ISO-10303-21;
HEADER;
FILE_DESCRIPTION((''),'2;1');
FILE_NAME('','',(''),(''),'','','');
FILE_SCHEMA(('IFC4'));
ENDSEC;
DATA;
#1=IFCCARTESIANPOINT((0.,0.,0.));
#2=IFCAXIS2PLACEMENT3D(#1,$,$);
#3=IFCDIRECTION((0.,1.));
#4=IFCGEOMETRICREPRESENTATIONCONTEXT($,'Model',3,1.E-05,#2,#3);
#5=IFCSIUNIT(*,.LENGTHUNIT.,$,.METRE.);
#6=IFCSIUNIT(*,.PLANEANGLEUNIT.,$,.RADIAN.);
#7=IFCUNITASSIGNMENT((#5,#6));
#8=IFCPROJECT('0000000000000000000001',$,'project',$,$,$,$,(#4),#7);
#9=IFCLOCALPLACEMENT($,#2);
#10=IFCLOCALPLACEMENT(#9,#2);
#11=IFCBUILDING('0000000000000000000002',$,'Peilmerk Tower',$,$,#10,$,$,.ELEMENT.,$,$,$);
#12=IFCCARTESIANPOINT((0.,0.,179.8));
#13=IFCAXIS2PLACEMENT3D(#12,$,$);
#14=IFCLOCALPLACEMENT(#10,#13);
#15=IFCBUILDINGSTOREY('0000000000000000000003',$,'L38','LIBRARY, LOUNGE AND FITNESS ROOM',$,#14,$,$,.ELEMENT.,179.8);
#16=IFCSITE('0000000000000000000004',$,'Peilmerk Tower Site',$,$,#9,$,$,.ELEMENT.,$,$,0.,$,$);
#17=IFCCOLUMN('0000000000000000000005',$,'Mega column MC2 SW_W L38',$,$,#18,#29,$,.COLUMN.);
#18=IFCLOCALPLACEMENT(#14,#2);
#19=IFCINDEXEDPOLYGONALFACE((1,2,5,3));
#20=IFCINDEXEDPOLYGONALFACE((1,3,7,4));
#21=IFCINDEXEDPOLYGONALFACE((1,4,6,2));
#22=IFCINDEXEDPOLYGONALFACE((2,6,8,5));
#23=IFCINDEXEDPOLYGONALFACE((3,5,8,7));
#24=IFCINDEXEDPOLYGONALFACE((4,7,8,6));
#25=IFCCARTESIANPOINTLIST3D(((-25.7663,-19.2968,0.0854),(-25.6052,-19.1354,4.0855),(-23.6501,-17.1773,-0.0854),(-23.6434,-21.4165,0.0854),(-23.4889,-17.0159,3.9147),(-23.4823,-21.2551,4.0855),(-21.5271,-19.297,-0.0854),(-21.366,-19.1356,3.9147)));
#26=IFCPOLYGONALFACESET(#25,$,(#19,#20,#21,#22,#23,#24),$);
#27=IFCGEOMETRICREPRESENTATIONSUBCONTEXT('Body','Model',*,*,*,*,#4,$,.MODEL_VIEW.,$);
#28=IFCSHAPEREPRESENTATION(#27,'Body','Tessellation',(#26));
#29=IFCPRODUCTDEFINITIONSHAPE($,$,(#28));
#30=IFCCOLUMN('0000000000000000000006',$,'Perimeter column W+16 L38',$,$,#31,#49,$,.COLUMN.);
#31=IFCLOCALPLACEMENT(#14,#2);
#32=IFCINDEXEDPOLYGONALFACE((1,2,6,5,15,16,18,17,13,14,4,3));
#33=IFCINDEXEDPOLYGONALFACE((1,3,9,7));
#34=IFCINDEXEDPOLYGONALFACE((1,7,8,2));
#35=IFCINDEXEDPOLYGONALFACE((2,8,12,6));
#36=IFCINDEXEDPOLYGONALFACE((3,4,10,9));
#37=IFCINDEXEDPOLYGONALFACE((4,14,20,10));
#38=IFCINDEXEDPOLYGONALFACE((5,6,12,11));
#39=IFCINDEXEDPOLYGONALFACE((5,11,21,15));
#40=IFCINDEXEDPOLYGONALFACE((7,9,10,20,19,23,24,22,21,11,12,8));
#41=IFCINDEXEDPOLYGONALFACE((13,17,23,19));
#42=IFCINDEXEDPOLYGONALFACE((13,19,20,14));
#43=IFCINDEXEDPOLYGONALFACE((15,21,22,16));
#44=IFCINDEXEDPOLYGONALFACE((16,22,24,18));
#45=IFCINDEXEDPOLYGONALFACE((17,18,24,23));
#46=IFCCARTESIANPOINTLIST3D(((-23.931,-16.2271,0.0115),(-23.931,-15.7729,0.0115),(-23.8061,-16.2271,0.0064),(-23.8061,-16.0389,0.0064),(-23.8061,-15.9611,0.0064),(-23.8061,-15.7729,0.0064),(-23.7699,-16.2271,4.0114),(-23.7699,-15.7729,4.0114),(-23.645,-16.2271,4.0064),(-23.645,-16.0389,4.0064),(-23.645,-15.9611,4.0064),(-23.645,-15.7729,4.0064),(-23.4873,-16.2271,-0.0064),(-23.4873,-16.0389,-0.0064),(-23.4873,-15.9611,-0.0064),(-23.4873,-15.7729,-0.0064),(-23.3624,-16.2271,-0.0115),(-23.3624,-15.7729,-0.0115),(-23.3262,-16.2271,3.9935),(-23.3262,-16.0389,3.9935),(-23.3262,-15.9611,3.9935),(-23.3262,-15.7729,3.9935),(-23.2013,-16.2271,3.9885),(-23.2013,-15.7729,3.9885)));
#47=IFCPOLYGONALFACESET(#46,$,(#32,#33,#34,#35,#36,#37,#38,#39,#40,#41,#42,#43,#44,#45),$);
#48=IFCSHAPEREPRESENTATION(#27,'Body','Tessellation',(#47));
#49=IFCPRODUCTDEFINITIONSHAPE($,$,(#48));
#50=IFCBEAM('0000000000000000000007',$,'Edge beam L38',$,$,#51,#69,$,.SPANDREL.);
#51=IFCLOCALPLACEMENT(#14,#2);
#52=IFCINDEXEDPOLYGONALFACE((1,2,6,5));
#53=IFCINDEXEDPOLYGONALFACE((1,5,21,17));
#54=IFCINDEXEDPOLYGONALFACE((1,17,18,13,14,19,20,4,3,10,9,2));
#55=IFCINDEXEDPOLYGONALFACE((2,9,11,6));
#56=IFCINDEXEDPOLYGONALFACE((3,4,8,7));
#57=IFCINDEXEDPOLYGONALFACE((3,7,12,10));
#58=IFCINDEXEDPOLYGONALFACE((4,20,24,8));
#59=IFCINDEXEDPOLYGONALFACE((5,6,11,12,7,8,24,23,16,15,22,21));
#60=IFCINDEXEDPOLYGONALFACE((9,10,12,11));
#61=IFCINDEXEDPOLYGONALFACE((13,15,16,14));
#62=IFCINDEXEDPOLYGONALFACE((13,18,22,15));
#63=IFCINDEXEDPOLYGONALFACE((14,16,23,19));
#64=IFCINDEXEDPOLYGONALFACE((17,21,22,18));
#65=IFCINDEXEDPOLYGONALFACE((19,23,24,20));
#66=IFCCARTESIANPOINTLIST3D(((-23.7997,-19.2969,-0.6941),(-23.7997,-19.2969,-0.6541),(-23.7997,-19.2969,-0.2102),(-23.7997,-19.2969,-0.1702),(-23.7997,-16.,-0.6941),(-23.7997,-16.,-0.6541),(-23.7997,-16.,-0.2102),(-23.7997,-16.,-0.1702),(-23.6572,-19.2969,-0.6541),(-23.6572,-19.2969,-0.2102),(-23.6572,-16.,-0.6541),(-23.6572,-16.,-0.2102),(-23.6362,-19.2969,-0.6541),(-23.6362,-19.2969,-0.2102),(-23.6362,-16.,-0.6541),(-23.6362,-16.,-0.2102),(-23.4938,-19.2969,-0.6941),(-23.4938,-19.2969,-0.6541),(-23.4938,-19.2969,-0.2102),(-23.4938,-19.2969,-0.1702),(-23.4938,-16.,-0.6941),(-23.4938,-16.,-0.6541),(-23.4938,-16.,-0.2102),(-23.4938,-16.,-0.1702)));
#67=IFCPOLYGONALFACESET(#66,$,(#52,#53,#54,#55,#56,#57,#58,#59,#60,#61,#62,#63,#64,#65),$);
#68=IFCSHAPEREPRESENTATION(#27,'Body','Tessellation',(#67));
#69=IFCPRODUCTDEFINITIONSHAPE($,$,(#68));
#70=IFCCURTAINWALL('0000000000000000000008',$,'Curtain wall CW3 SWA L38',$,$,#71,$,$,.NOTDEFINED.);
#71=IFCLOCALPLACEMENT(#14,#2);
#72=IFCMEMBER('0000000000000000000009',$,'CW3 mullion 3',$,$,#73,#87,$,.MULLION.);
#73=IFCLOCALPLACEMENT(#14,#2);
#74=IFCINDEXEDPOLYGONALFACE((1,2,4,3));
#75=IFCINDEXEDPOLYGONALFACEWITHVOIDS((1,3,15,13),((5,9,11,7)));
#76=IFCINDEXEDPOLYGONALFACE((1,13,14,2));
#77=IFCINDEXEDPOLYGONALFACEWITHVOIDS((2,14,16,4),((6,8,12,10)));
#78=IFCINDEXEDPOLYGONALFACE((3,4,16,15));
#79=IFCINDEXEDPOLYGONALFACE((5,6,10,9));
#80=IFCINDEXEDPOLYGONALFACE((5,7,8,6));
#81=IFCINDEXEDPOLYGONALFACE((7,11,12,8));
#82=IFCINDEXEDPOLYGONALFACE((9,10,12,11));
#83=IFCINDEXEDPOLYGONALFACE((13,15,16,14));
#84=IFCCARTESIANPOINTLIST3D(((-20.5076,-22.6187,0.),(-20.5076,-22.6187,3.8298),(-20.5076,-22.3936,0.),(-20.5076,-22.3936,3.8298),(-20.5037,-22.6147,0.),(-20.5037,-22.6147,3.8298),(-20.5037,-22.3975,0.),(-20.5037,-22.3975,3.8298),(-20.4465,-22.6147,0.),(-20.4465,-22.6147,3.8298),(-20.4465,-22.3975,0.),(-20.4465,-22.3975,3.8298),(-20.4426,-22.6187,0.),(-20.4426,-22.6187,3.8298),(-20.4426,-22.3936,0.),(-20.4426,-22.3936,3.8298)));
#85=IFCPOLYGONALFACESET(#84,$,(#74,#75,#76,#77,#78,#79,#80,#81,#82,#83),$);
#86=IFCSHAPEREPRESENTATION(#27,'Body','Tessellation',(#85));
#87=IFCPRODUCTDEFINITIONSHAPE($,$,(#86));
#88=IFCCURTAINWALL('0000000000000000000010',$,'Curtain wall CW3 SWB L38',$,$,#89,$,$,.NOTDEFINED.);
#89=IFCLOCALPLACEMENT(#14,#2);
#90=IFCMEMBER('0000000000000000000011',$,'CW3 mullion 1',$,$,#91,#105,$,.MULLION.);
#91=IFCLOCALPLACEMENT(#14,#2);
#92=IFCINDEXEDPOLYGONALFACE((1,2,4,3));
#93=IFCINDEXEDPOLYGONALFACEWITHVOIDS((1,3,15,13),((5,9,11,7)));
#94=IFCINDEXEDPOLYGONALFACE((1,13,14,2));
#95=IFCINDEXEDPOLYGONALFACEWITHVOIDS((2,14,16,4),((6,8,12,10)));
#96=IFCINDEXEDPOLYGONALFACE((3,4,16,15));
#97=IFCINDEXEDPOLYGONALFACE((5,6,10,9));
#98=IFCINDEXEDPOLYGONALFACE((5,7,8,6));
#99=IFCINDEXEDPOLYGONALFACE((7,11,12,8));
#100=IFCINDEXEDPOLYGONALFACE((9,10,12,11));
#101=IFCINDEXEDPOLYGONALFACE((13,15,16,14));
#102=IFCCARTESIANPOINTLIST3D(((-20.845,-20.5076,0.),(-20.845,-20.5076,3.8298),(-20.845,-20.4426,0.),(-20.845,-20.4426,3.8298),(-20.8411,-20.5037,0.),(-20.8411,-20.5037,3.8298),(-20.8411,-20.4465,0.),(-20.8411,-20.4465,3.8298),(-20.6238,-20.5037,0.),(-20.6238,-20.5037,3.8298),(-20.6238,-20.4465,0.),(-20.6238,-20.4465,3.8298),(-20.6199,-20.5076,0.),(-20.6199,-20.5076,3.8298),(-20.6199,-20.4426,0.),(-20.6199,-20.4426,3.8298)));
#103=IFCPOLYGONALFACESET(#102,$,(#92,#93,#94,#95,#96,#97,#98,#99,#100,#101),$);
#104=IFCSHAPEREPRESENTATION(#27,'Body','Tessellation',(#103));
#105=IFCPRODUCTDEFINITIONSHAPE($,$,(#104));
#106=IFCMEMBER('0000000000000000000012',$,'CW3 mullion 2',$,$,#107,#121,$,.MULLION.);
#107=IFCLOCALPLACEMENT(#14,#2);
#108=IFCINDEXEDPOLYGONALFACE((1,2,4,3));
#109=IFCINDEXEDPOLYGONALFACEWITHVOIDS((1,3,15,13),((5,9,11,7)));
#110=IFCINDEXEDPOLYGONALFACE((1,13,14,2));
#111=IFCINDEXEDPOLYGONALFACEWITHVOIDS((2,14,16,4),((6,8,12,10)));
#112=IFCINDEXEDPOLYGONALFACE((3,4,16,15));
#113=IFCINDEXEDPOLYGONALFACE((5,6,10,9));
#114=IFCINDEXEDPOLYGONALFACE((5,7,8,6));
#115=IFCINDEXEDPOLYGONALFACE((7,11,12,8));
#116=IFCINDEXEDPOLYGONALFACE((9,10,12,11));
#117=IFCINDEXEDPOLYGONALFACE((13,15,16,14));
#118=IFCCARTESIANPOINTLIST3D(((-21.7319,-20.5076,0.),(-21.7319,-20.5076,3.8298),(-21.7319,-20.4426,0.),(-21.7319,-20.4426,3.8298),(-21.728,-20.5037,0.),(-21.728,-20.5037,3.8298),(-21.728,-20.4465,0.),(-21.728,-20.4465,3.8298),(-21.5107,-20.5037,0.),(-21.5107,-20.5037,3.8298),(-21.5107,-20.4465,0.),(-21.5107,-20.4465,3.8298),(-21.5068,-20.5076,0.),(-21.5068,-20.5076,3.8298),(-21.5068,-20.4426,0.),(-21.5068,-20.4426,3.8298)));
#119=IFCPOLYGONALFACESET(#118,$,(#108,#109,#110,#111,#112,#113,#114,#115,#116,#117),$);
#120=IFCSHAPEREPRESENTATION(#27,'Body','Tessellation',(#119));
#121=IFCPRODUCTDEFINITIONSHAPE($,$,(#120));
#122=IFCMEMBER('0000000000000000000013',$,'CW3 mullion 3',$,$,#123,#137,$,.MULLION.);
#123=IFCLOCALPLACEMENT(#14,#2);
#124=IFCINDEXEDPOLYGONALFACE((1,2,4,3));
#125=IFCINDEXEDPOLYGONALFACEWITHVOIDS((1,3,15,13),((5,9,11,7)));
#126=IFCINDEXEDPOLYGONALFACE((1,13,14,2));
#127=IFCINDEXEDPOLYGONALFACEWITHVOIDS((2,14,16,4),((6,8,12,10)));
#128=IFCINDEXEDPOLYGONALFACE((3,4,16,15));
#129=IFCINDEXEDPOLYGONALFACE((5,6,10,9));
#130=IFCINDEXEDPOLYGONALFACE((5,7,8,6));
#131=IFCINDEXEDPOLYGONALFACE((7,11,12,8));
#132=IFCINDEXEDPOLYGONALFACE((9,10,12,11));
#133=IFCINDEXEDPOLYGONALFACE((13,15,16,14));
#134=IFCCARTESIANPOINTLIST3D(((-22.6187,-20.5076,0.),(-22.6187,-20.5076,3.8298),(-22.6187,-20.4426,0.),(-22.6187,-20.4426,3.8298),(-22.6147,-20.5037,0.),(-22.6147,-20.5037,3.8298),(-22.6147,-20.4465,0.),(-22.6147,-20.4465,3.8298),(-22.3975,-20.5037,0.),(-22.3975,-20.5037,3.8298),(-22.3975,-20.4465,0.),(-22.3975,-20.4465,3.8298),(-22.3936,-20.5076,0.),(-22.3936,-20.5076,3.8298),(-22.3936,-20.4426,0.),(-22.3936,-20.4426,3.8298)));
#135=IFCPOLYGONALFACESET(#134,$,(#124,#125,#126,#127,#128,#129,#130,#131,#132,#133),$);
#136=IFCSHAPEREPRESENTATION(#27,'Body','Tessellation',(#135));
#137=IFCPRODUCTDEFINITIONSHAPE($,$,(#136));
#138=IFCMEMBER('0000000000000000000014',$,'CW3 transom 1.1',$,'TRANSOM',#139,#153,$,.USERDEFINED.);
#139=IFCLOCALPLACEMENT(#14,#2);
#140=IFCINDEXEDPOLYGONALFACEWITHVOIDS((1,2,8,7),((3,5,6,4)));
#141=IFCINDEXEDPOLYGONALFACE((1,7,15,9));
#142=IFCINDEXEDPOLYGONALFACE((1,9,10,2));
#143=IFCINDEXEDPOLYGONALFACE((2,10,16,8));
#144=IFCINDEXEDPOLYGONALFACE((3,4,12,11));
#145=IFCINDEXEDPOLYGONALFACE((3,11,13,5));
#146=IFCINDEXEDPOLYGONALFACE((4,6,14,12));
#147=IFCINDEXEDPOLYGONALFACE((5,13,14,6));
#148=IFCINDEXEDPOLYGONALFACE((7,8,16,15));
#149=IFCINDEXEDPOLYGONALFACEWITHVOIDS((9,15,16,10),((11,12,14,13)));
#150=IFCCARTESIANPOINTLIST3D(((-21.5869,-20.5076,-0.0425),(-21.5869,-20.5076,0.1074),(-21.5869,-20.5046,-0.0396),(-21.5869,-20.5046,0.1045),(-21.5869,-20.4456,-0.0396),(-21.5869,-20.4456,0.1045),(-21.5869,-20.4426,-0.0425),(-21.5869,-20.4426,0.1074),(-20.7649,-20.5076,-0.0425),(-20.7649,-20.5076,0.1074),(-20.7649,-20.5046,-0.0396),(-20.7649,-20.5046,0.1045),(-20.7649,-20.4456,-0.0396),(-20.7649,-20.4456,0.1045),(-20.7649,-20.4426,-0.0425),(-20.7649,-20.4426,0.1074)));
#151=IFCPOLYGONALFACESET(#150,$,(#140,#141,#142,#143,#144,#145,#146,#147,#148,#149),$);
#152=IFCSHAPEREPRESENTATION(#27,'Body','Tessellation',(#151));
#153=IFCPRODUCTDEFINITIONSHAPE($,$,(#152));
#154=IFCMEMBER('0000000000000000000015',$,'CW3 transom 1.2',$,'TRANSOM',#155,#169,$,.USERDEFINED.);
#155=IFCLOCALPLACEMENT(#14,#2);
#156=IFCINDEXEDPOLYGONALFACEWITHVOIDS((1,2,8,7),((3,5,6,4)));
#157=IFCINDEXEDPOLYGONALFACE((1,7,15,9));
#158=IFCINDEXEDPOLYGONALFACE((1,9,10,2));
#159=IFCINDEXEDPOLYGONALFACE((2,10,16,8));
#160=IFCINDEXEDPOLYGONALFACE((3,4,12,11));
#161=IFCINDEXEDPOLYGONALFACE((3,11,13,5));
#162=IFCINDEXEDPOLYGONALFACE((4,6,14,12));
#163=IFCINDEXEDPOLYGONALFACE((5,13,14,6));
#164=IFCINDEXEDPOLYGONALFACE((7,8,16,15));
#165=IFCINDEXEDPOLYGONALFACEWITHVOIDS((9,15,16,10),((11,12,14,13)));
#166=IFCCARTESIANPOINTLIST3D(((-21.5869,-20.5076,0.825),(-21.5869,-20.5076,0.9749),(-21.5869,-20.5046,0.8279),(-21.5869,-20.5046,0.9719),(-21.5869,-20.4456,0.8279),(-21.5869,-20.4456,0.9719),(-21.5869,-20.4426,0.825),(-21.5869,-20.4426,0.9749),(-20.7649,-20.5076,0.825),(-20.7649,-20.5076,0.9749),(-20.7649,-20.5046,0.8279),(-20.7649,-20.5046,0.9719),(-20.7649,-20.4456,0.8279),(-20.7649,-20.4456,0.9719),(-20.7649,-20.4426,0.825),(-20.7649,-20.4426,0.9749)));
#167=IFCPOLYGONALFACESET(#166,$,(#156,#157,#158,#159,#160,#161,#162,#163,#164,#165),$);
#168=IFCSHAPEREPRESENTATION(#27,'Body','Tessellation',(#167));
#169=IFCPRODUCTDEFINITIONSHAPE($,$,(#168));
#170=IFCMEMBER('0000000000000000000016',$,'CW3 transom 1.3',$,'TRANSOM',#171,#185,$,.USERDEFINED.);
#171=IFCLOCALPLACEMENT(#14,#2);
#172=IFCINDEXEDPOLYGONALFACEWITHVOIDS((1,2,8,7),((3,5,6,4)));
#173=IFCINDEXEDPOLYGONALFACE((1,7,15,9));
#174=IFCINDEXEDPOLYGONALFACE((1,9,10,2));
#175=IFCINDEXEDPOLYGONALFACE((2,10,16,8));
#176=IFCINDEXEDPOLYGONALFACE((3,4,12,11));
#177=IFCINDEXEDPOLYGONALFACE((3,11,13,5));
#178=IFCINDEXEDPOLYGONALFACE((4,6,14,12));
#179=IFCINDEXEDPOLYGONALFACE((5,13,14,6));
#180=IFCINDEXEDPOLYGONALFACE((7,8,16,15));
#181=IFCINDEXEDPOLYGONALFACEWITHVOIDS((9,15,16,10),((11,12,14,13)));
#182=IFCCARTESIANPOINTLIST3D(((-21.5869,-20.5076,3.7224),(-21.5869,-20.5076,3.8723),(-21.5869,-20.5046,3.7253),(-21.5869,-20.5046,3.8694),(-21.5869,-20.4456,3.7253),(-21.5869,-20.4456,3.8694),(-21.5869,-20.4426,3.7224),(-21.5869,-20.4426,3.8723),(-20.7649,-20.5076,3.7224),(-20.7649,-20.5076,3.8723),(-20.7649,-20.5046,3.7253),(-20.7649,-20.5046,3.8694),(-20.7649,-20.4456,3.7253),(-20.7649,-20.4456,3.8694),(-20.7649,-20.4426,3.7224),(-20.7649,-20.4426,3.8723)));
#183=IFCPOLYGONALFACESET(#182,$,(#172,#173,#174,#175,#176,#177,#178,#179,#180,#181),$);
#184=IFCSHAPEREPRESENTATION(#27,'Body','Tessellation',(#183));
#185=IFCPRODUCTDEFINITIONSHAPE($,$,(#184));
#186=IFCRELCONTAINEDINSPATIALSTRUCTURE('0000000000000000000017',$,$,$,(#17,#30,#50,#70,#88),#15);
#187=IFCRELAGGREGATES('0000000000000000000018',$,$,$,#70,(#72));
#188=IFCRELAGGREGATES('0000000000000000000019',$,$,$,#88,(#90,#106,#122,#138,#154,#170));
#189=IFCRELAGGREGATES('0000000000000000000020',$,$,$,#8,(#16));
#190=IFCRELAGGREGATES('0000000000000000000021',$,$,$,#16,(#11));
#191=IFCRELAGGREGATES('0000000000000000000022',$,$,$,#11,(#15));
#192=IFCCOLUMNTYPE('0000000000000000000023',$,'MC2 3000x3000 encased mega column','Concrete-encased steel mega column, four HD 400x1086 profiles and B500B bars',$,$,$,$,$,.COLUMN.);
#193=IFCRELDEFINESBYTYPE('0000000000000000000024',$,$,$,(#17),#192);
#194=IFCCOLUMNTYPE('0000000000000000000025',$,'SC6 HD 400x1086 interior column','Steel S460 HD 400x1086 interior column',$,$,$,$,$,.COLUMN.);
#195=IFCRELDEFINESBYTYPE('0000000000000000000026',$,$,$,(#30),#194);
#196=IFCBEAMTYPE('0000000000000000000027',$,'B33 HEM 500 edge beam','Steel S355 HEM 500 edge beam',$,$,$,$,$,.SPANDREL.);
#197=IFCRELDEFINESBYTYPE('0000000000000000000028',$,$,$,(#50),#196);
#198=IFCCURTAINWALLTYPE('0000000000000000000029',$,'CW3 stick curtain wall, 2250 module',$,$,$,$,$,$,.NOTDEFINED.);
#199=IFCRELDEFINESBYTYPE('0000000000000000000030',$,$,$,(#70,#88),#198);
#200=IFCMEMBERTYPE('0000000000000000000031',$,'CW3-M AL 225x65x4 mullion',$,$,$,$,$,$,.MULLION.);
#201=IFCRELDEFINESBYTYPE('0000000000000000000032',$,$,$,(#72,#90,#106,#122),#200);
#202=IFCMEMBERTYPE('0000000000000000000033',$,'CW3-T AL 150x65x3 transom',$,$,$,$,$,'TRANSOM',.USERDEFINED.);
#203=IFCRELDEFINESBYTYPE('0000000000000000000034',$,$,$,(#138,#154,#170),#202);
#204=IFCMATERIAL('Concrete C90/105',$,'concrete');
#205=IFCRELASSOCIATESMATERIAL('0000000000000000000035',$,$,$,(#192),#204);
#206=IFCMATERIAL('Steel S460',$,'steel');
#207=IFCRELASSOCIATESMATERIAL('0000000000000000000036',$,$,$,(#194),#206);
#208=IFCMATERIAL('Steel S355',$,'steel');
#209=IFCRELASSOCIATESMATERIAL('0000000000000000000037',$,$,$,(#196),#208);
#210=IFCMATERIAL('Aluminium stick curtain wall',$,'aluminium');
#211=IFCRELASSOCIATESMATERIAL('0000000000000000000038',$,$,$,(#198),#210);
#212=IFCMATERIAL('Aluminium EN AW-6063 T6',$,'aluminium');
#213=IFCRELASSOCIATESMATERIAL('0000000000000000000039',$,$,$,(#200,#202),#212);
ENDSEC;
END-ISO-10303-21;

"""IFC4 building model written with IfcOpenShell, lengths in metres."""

from ifc_helpers import new_model, si_unit, direction, frame, origin, origin_2d, place, context, subcontext, project, spatial, rectangle, hollow_rectangle, i_section, extrude, material, material_profile, profile_set, type_object, element, aggregate, save


model = new_model("IFC4")

# Units and contexts
model_context = context("Model", 3, precision=1e-05, world=origin(), true_north=direction((0.0, 1.0)))
body_context = subcontext(model_context, "Body", "Model", "MODEL_VIEW")
ifc_project = project(units=[si_unit("LENGTHUNIT", "METRE"), si_unit("PLANEANGLEUNIT", "RADIAN")], contexts=[model_context])

# Site, building, storey
site_placement = place(None, origin())
site = spatial("IfcSite", under=ifc_project, at=site_placement, Name="Peilmerk Tower Site", CompositionType="ELEMENT", RefElevation=0.0)
building_placement = place(site_placement, origin())
building = spatial("IfcBuilding", under=site, at=building_placement, Name="Peilmerk Tower", CompositionType="ELEMENT")
storey_placement = place(building_placement, frame((0.0, 0.0, 179.8)))
storey = spatial("IfcBuildingStorey", under=building, at=storey_placement, Name="L38", Description="LIBRARY, LOUNGE AND FITNESS ROOM", CompositionType="ELEMENT", Elevation=179.8)

# Columns
ifc_material_1 = material(Name="Concrete C90/105", Category="concrete")
ifc_material_profile_1 = material_profile(ifc_material_1, rectangle(XDim=3.0, YDim=3.0, at=origin_2d()), Name="RC 3000x3000")
ifc_profile_set_1 = profile_set([ifc_material_profile_1], Name="Concrete C90/105")
column_type_1 = type_object("IfcColumnType", Name="MC2 3000x3000 encased mega column", Description="Concrete-encased steel mega column, four HD 400x1086 profiles and B500B bars", PredefinedType="COLUMN", material=ifc_profile_set_1)
column_1_placement = place(storey_placement, frame((-23.6467, -19.2969, 0.0), z_axis=(0.040218, 0.040279, 0.998379), x_axis=(-0.707642, 0.706571, 0.0)))
element("IfcColumn", 1, at=column_1_placement, inside=storey, type_object=column_type_1, Name="Mega column MC2 SW_W L38", PredefinedType="COLUMN", context=body_context, shape_type="SweptSolid", body=[
    extrude(rectangle(XDim=3.0, YDim=3.0, at=origin_2d()), origin(), (0.0, 0.0, 1.0), 4.0066),
])
ifc_material_2 = material(Name="Steel S460", Category="steel")
ifc_material_profile_2 = material_profile(ifc_material_2, i_section(OverallWidth=0.4541, OverallDepth=0.5691, WebThickness=0.0779, FlangeThickness=0.125, at=origin_2d()), Name="HD 400x1086")
ifc_profile_set_2 = profile_set([ifc_material_profile_2], Name="Steel S460")
column_type_2 = type_object("IfcColumnType", Name="SC6 HD 400x1086 interior column", Description="Steel S460 HD 400x1086 interior column", PredefinedType="COLUMN", material=ifc_profile_set_2)
column_2_placement = place(storey_placement, frame((-23.6467, -16.0, 0.0), z_axis=(0.040251, 0.0, 0.99919), x_axis=(0.0, 1.0, 0.0)))
element("IfcColumn", 2, at=column_2_placement, inside=storey, type_object=column_type_2, Name="Perimeter column W+16 L38", PredefinedType="COLUMN", context=body_context, shape_type="SweptSolid", body=[
    extrude(i_section(OverallWidth=0.4541, OverallDepth=0.5691, WebThickness=0.0779, FlangeThickness=0.125, at=origin_2d()), origin(), (0.0, 0.0, 1.0), 4.0032),
])

# Beam
ifc_material_3 = material(Name="Steel S355", Category="steel")
ifc_material_profile_3 = material_profile(ifc_material_3, i_section(OverallWidth=0.3059, OverallDepth=0.5239, WebThickness=0.021, FlangeThickness=0.04, at=origin_2d()), Name="HEM 500")
ifc_profile_set_3 = profile_set([ifc_material_profile_3], Name="Steel S355")
beam_type = type_object("IfcBeamType", Name="B33 HEM 500 edge beam", Description="Steel S355 HEM 500 edge beam", PredefinedType="SPANDREL", material=ifc_profile_set_3)
beam_placement = place(storey_placement, frame((-23.6467, -16.0, -0.4321), z_axis=(0.0, -1.0, 0.0), x_axis=(1.0, 0.0, 0.0)))
element("IfcBeam", 3, at=beam_placement, inside=storey, type_object=beam_type, Name="Edge beam L38", PredefinedType="SPANDREL", context=body_context, shape_type="SweptSolid", body=[
    extrude(i_section(OverallWidth=0.3059, OverallDepth=0.5239, WebThickness=0.021, FlangeThickness=0.04, at=origin_2d()), origin(), (0.0, 0.0, 1.0), 3.2969),
])

# Curtain wall, member
ifc_material_4 = material(Name="Aluminium stick curtain wall", Category="aluminium")
curtain_wall_type = type_object("IfcCurtainWallType", Name="CW3 stick curtain wall, 2250 module", PredefinedType="NOTDEFINED", material=ifc_material_4)
curtain_wall_1_placement = place(storey_placement, origin())
curtain_wall_1 = element("IfcCurtainWall", 4, at=curtain_wall_1_placement, inside=storey, type_object=curtain_wall_type, Name="Curtain wall CW3 SWA L38", PredefinedType="NOTDEFINED")
ifc_material_5 = material(Name="Aluminium EN AW-6063 T6", Category="aluminium")
ifc_material_profile_4 = material_profile(ifc_material_5, hollow_rectangle(XDim=0.0649, YDim=0.2251, WallThickness=0.0039, at=origin_2d()), Name="AL 225x65x4")
ifc_profile_set_4 = profile_set([ifc_material_profile_4], Name="Aluminium EN AW-6063 T6")
member_type_1 = type_object("IfcMemberType", Name="CW3-M AL 225x65x4 mullion", PredefinedType="MULLION", material=ifc_profile_set_4)
member_1_placement = place(storey_placement, frame((-20.4751, -22.5061, 0.0), z_axis=(0.0, 0.0, 1.0), x_axis=(1.0, 0.0, 0.0)))
member_1 = element("IfcMember", 5, at=member_1_placement, type_object=member_type_1, Name="CW3 mullion 3", PredefinedType="MULLION", context=body_context, shape_type="SweptSolid", body=[
    extrude(hollow_rectangle(XDim=0.0649, YDim=0.2251, WallThickness=0.0039, at=origin_2d()), origin(), (0.0, 0.0, 1.0), 3.8298),
])

# Curtain wall, members
curtain_wall_2_placement = place(storey_placement, origin())
curtain_wall_2 = element("IfcCurtainWall", 6, at=curtain_wall_2_placement, inside=storey, type_object=curtain_wall_type, Name="Curtain wall CW3 SWB L38", PredefinedType="NOTDEFINED")
member_2_placement = place(storey_placement, frame((-20.7324, -20.4751, 0.0), z_axis=(0.0, 0.0, 1.0), x_axis=(0.0, -1.0, 0.0)))
member_2 = element("IfcMember", 7, at=member_2_placement, type_object=member_type_1, Name="CW3 mullion 1", PredefinedType="MULLION", context=body_context, shape_type="SweptSolid", body=[
    extrude(hollow_rectangle(XDim=0.0649, YDim=0.2251, WallThickness=0.0039, at=origin_2d()), origin(), (0.0, 0.0, 1.0), 3.8298),
])
member_3_placement = place(storey_placement, frame((-21.6194, -20.4751, 0.0), z_axis=(0.0, 0.0, 1.0), x_axis=(0.0, -1.0, 0.0)))
member_3 = element("IfcMember", 8, at=member_3_placement, type_object=member_type_1, Name="CW3 mullion 2", PredefinedType="MULLION", context=body_context, shape_type="SweptSolid", body=[
    extrude(hollow_rectangle(XDim=0.0649, YDim=0.2251, WallThickness=0.0039, at=origin_2d()), origin(), (0.0, 0.0, 1.0), 3.8298),
])
member_4_placement = place(storey_placement, frame((-22.5061, -20.4751, 0.0), z_axis=(0.0, 0.0, 1.0), x_axis=(0.0, -1.0, 0.0)))
member_4 = element("IfcMember", 9, at=member_4_placement, type_object=member_type_1, Name="CW3 mullion 3", PredefinedType="MULLION", context=body_context, shape_type="SweptSolid", body=[
    extrude(hollow_rectangle(XDim=0.0649, YDim=0.2251, WallThickness=0.0039, at=origin_2d()), origin(), (0.0, 0.0, 1.0), 3.8298),
])
ifc_material_profile_5 = material_profile(ifc_material_5, hollow_rectangle(XDim=0.0649, YDim=0.1499, WallThickness=0.0029, at=origin_2d()), Name="AL 150x65x3")
ifc_profile_set_5 = profile_set([ifc_material_profile_5], Name="Aluminium EN AW-6063 T6")
member_type_2 = type_object("IfcMemberType", Name="CW3-T AL 150x65x3 transom", ElementType="TRANSOM", PredefinedType="USERDEFINED", material=ifc_profile_set_5)
member_5_placement = place(storey_placement, frame((-20.7649, -20.4751, 0.0325), z_axis=(-1.0, 0.0, 0.0), x_axis=(0.0, -1.0, 0.0)))
member_5 = element("IfcMember", 10, at=member_5_placement, type_object=member_type_2, Name="CW3 transom 1.1", ObjectType="TRANSOM", PredefinedType="USERDEFINED", context=body_context, shape_type="SweptSolid", body=[
    extrude(hollow_rectangle(XDim=0.0649, YDim=0.1499, WallThickness=0.0029, at=origin_2d()), origin(), (0.0, 0.0, 1.0), 0.822),
])
member_6_placement = place(storey_placement, frame((-20.7649, -20.4751, 0.8999), z_axis=(-1.0, 0.0, 0.0), x_axis=(0.0, -1.0, 0.0)))
member_6 = element("IfcMember", 11, at=member_6_placement, type_object=member_type_2, Name="CW3 transom 1.2", ObjectType="TRANSOM", PredefinedType="USERDEFINED", context=body_context, shape_type="SweptSolid", body=[
    extrude(hollow_rectangle(XDim=0.0649, YDim=0.1499, WallThickness=0.0029, at=origin_2d()), origin(), (0.0, 0.0, 1.0), 0.822),
])
member_7_placement = place(storey_placement, frame((-20.7649, -20.4751, 3.7974), z_axis=(-1.0, 0.0, 0.0), x_axis=(0.0, -1.0, 0.0)))
member_7 = element("IfcMember", 12, at=member_7_placement, type_object=member_type_2, Name="CW3 transom 1.3", ObjectType="TRANSOM", PredefinedType="USERDEFINED", context=body_context, shape_type="SweptSolid", body=[
    extrude(hollow_rectangle(XDim=0.0649, YDim=0.1499, WallThickness=0.0029, at=origin_2d()), origin(), (0.0, 0.0, 1.0), 0.822),
])

aggregate(curtain_wall_1, [member_1])
aggregate(curtain_wall_2, [member_2, member_3, member_4, member_5, member_6, member_7])

save(model, "model.ifc")
